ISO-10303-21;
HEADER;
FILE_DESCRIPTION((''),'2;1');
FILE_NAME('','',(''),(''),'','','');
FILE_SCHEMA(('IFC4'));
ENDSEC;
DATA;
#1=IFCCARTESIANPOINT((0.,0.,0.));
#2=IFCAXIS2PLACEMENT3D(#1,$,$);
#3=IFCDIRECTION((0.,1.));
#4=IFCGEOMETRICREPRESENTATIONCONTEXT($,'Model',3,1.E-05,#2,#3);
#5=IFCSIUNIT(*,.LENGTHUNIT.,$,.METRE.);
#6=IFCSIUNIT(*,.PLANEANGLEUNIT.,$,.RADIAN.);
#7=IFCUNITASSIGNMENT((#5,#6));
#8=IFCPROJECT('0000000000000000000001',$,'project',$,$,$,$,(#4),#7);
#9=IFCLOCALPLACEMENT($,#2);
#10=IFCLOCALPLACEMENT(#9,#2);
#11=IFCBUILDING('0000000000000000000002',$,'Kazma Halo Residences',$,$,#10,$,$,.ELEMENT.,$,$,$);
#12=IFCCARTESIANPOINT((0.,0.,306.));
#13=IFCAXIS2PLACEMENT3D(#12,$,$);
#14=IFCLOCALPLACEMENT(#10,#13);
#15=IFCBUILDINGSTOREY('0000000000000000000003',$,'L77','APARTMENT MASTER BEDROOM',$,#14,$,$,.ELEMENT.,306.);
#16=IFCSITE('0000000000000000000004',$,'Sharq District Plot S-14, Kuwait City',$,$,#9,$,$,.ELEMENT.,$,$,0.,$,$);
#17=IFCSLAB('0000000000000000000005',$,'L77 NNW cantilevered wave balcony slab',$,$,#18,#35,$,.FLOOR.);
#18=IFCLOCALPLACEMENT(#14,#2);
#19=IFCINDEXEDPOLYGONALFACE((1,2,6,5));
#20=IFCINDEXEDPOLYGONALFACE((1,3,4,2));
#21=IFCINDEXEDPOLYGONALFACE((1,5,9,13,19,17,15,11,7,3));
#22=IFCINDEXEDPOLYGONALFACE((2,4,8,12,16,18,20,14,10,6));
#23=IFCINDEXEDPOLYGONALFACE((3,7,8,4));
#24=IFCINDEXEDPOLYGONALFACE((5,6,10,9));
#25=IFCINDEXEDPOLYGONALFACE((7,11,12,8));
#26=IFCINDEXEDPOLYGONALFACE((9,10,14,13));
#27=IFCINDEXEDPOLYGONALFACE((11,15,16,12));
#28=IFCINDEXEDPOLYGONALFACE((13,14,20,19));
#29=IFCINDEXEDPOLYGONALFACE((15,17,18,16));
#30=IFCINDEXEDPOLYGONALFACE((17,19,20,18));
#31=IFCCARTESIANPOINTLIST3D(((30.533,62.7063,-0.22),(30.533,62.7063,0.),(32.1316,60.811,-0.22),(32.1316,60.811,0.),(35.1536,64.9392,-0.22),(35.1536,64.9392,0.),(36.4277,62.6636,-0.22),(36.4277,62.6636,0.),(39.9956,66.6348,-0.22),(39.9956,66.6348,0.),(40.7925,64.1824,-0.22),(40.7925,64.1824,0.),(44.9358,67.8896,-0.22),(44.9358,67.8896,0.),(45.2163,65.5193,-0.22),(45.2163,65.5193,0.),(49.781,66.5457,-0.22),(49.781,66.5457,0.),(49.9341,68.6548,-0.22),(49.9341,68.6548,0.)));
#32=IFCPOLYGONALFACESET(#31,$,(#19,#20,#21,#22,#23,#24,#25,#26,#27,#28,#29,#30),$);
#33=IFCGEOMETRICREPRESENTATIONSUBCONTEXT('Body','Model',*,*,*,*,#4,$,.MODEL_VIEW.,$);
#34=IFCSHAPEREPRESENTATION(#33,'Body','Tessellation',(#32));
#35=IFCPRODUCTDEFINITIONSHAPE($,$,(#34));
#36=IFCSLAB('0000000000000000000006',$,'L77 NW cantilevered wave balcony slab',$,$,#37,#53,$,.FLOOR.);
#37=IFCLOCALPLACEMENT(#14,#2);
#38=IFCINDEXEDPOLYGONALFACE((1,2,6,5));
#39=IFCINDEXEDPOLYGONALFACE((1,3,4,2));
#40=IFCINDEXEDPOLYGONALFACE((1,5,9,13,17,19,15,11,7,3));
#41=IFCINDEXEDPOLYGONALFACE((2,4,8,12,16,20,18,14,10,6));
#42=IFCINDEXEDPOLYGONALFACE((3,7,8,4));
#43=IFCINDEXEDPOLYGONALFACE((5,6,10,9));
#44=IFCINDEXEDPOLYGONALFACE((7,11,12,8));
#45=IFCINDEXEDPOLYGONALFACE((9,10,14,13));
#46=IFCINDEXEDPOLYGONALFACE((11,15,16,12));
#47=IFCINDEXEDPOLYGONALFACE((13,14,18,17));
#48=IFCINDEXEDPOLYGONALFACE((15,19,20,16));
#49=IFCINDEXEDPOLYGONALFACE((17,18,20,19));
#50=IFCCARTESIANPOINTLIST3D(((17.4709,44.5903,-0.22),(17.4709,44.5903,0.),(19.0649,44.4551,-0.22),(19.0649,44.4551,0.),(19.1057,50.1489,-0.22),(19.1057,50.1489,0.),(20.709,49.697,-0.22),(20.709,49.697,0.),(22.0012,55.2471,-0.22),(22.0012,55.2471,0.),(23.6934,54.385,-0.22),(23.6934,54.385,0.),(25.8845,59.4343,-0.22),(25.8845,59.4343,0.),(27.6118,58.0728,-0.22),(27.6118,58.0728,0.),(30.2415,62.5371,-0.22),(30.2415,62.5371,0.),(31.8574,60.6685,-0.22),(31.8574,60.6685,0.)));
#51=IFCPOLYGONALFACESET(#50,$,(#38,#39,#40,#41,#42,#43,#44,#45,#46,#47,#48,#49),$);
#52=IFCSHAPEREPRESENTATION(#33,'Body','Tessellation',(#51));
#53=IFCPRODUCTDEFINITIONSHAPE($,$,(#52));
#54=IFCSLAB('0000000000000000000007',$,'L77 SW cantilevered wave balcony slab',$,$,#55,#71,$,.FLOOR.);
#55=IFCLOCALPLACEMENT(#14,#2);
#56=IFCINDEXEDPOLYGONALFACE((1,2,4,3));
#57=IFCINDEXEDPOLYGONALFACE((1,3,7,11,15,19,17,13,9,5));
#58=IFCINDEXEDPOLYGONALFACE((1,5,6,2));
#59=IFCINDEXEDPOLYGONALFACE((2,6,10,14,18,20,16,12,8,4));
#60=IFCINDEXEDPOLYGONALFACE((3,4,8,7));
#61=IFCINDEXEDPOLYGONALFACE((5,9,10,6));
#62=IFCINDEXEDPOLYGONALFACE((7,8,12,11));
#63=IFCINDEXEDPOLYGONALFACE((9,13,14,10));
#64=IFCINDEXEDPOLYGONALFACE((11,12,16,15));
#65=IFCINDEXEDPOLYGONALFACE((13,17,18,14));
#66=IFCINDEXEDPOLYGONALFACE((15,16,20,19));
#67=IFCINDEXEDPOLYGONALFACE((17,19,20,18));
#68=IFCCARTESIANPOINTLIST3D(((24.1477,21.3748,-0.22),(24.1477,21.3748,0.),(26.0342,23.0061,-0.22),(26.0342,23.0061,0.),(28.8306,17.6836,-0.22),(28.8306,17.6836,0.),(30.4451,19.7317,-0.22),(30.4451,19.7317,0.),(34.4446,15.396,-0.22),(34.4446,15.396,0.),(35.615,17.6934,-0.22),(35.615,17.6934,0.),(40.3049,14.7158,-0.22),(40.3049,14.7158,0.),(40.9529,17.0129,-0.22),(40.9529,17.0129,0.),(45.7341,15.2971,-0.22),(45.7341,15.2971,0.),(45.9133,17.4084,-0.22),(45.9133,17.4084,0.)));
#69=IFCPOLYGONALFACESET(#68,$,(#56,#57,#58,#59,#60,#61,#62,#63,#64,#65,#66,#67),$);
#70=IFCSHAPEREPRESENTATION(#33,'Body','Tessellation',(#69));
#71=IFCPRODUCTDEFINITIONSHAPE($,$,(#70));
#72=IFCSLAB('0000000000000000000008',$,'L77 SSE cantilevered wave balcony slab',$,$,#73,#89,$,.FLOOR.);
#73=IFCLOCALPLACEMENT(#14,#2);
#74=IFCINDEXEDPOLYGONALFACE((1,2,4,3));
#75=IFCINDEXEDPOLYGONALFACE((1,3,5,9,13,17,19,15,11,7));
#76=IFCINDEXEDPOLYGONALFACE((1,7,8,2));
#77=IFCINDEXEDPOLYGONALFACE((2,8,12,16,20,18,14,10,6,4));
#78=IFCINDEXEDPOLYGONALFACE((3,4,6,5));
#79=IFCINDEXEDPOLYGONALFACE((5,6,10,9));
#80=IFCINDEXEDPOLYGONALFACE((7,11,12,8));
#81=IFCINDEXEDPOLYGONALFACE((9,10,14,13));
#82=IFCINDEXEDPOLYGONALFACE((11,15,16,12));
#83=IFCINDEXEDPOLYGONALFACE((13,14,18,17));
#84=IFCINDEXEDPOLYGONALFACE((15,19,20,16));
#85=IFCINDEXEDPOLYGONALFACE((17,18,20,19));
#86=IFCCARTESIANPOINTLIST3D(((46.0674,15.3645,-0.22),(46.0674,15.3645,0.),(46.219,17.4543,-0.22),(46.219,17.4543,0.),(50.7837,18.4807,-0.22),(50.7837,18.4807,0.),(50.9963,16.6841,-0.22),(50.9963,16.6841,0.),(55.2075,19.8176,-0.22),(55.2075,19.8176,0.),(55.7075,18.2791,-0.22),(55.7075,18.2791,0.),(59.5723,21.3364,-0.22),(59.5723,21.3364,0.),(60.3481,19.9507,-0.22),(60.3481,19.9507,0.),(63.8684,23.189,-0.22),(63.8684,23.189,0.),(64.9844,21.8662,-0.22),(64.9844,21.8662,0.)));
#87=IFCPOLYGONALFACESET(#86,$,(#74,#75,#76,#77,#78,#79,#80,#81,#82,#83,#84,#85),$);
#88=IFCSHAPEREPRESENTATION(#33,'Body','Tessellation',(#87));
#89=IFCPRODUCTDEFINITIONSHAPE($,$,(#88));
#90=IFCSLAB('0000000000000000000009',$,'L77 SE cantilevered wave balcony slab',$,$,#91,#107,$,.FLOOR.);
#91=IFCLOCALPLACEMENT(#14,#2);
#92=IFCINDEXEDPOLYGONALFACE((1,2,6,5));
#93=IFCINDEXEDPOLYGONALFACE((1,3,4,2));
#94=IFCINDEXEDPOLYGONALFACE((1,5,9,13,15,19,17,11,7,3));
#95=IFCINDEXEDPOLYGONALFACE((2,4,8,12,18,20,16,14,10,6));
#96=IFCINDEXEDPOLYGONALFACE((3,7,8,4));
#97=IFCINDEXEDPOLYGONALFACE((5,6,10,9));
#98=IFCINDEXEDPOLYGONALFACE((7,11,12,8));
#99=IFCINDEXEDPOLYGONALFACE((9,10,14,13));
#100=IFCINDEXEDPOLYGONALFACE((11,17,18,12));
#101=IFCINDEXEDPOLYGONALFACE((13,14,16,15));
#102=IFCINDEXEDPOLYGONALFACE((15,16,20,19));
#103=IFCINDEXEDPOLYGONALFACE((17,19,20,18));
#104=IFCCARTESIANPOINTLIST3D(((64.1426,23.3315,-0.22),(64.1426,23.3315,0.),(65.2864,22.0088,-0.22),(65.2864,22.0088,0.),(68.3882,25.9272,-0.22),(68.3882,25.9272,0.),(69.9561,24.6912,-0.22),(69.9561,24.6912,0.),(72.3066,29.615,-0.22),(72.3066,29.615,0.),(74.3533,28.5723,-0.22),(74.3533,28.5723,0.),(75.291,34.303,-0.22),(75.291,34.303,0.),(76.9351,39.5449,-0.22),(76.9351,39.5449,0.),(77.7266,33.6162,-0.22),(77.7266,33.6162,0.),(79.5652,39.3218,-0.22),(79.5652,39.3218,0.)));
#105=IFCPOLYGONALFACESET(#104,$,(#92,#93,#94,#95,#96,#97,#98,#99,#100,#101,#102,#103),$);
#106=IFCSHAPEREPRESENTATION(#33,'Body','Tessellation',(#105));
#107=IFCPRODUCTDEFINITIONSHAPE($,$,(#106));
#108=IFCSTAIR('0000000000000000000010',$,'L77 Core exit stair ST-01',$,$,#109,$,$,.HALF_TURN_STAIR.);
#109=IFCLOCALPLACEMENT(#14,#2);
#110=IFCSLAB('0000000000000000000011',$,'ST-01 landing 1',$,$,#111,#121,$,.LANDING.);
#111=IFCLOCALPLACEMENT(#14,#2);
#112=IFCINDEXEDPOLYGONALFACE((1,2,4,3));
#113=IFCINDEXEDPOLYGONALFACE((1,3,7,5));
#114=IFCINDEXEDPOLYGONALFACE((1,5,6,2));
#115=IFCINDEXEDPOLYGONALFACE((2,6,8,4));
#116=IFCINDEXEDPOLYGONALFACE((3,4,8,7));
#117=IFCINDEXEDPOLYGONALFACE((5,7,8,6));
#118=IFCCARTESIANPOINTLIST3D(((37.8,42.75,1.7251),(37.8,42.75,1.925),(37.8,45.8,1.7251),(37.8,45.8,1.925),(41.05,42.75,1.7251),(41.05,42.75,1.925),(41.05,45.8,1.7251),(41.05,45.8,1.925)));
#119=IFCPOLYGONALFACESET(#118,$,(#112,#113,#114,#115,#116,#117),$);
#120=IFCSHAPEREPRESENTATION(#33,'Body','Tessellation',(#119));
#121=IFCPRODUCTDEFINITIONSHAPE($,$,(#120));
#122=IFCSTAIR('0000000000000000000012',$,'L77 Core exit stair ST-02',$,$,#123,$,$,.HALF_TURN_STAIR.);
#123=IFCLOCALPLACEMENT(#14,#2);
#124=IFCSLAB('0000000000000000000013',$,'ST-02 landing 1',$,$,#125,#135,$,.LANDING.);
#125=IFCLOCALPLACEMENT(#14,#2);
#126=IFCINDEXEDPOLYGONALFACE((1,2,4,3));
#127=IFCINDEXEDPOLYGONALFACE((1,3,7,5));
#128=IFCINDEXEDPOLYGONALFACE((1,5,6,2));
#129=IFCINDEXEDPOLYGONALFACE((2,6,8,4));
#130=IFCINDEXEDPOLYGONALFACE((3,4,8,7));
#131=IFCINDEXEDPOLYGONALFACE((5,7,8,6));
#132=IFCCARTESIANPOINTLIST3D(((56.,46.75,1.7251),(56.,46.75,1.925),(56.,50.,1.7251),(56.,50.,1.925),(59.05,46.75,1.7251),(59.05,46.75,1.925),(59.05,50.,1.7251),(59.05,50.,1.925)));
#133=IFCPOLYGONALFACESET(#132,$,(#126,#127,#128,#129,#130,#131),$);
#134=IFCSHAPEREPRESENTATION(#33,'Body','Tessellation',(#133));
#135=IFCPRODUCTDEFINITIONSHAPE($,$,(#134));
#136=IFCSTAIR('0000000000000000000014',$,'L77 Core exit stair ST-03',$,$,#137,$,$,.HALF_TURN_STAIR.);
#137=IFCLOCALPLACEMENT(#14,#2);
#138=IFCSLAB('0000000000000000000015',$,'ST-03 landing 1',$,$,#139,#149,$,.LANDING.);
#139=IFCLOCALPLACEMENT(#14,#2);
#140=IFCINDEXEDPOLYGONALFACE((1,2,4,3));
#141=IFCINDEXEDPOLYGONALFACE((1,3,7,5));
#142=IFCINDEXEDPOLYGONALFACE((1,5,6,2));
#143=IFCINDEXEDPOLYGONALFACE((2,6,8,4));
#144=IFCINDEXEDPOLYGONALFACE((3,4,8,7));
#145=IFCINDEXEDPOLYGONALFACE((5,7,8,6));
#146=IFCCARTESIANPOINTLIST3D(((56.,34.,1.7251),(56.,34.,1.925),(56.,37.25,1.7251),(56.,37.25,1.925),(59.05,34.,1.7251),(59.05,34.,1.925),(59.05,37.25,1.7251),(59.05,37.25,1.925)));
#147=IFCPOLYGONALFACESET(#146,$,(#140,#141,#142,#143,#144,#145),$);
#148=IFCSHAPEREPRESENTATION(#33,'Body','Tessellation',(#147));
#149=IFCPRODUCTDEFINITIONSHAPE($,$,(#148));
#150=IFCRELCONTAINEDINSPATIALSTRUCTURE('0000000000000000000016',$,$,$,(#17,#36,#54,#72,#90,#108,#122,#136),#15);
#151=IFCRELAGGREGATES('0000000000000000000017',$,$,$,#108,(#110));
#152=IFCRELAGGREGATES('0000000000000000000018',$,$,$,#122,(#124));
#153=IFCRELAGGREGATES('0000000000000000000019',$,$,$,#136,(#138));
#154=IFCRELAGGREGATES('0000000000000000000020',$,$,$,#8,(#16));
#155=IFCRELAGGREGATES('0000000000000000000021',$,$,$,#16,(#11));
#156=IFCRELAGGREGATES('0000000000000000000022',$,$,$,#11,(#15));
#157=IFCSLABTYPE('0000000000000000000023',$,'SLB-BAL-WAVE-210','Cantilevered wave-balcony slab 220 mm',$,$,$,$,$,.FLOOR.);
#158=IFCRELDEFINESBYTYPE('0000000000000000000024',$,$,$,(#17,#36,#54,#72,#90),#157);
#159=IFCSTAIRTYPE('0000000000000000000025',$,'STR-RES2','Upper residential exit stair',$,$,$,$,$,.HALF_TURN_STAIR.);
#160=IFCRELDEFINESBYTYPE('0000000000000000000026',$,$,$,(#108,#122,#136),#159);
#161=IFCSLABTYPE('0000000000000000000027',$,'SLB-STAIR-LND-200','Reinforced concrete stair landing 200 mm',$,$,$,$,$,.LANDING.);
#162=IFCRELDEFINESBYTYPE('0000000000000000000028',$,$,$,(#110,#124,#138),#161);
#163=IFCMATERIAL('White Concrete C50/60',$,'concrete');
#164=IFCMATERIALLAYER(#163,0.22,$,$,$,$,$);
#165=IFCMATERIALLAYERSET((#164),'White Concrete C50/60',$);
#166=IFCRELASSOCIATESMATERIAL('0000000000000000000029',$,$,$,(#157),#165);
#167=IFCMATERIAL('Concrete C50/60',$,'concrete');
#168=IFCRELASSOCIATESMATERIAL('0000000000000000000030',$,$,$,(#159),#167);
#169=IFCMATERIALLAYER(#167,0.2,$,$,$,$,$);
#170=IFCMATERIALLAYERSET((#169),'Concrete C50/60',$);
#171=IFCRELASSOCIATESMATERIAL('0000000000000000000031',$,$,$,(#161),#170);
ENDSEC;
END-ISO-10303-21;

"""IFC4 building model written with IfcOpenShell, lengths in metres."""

from ifc_helpers import new_model, si_unit, direction, frame, origin, place, context, subcontext, project, spatial, polyline, outline, extrude, material, layer, layer_set, type_object, element, aggregate, save


model = new_model("IFC4")

# Units and contexts
model_context = context("Model", 3, precision=1e-05, world=origin(), true_north=direction((0.0, 1.0)))
body_context = subcontext(model_context, "Body", "Model", "MODEL_VIEW")
ifc_project = project(units=[si_unit("LENGTHUNIT", "METRE"), si_unit("PLANEANGLEUNIT", "RADIAN")], contexts=[model_context])

# Site, building, storey
site_placement = place(None, origin())
site = spatial("IfcSite", under=ifc_project, at=site_placement, Name="Sharq District Plot S-14, Kuwait City", CompositionType="ELEMENT", RefElevation=0.0)
building_placement = place(site_placement, origin())
building = spatial("IfcBuilding", under=site, at=building_placement, Name="Kazma Halo Residences", CompositionType="ELEMENT")
storey_placement = place(building_placement, frame((0.0, 0.0, 306.0)))
storey = spatial("IfcBuildingStorey", under=building, at=storey_placement, Name="L77", Description="APARTMENT MASTER BEDROOM", CompositionType="ELEMENT", Elevation=306.0)

# Slabs
ifc_material_1 = material(Name="White Concrete C50/60", Category="concrete")
ifc_layer_1 = layer(ifc_material_1, 0.22)
ifc_layer_set_1 = layer_set([ifc_layer_1], Name="White Concrete C50/60")
slab_type_1 = type_object("IfcSlabType", Name="SLB-BAL-WAVE-210", Description="Cantilevered wave-balcony slab 220 mm", PredefinedType="FLOOR", material=ifc_layer_set_1)
slab_1_placement = place(storey_placement, frame((0.0, 0.0, -0.22)))
element("IfcSlab", 1, at=slab_1_placement, inside=storey, type_object=slab_type_1, Name="L77 NNW cantilevered wave balcony slab", PredefinedType="FLOOR", context=body_context, shape_type="SweptSolid", body=[
    extrude(outline(polyline([(49.781, 66.5457), (45.2163, 65.5193), (40.7925, 64.1824), (36.4277, 62.6636), (32.1316, 60.811), (30.533, 62.7063), (35.1536, 64.9392), (39.9956, 66.6348), (44.9358, 67.8896), (49.9341, 68.6548), (49.781, 66.5457)])), origin(), (0.0, 0.0, 1.0), 0.22),
])
slab_2_placement = place(storey_placement, frame((0.0, 0.0, -0.22)))
element("IfcSlab", 2, at=slab_2_placement, inside=storey, type_object=slab_type_1, Name="L77 NW cantilevered wave balcony slab", PredefinedType="FLOOR", context=body_context, shape_type="SweptSolid", body=[
    extrude(outline(polyline([(31.8574, 60.6685), (27.6118, 58.0728), (23.6934, 54.385), (20.709, 49.697), (19.0649, 44.4551), (17.4709, 44.5903), (19.1057, 50.1489), (22.0012, 55.2471), (25.8845, 59.4343), (30.2415, 62.5371), (31.8574, 60.6685)])), origin(), (0.0, 0.0, 1.0), 0.22),
])
slab_3_placement = place(storey_placement, frame((0.0, 0.0, -0.22)))
element("IfcSlab", 3, at=slab_3_placement, inside=storey, type_object=slab_type_1, Name="L77 SW cantilevered wave balcony slab", PredefinedType="FLOOR", context=body_context, shape_type="SweptSolid", body=[
    extrude(outline(polyline([(26.0342, 23.0061), (30.4451, 19.7317), (35.615, 17.6934), (40.9529, 17.0129), (45.9133, 17.4084), (45.7341, 15.2971), (40.3049, 14.7158), (34.4446, 15.396), (28.8306, 17.6836), (24.1477, 21.3748), (26.0342, 23.0061)])), origin(), (0.0, 0.0, 1.0), 0.22),
])
slab_4_placement = place(storey_placement, frame((0.0, 0.0, -0.22)))
element("IfcSlab", 4, at=slab_4_placement, inside=storey, type_object=slab_type_1, Name="L77 SSE cantilevered wave balcony slab", PredefinedType="FLOOR", context=body_context, shape_type="SweptSolid", body=[
    extrude(outline(polyline([(46.219, 17.4543), (50.7837, 18.4807), (55.2075, 19.8176), (59.5723, 21.3364), (63.8684, 23.189), (64.9844, 21.8662), (60.3481, 19.9507), (55.7075, 18.2791), (50.9963, 16.6841), (46.0674, 15.3645), (46.219, 17.4543)])), origin(), (0.0, 0.0, 1.0), 0.22),
])
slab_5_placement = place(storey_placement, frame((0.0, 0.0, -0.22)))
element("IfcSlab", 5, at=slab_5_placement, inside=storey, type_object=slab_type_1, Name="L77 SE cantilevered wave balcony slab", PredefinedType="FLOOR", context=body_context, shape_type="SweptSolid", body=[
    extrude(outline(polyline([(64.1426, 23.3315), (68.3882, 25.9272), (72.3066, 29.615), (75.291, 34.303), (76.9351, 39.5449), (79.5652, 39.3218), (77.7266, 33.6162), (74.3533, 28.5723), (69.9561, 24.6912), (65.2864, 22.0088), (64.1426, 23.3315)])), origin(), (0.0, 0.0, 1.0), 0.22),
])

# Stairs, slabs
ifc_material_2 = material(Name="Concrete C50/60", Category="concrete")
stair_type = type_object("IfcStairType", Name="STR-RES2", Description="Upper residential exit stair", PredefinedType="HALF_TURN_STAIR", material=ifc_material_2)
stair_1_placement = place(storey_placement, origin())
stair_1 = element("IfcStair", 6, at=stair_1_placement, inside=storey, type_object=stair_type, Name="L77 Core exit stair ST-01", PredefinedType="HALF_TURN_STAIR")
ifc_layer_2 = layer(ifc_material_2, 0.2)
ifc_layer_set_2 = layer_set([ifc_layer_2], Name="Concrete C50/60")
slab_type_2 = type_object("IfcSlabType", Name="SLB-STAIR-LND-200", Description="Reinforced concrete stair landing 200 mm", PredefinedType="LANDING", material=ifc_layer_set_2)
slab_6_placement = place(storey_placement, frame((0.0, 0.0, 1.7251)))
slab_6 = element("IfcSlab", 7, at=slab_6_placement, type_object=slab_type_2, Name="ST-01 landing 1", PredefinedType="LANDING", context=body_context, shape_type="SweptSolid", body=[
    extrude(outline(polyline([(41.05, 42.75), (41.05, 45.8), (37.8, 45.8), (37.8, 42.75), (41.05, 42.75)])), origin(), (0.0, 0.0, 1.0), 0.2),
])
aggregate(stair_1, [slab_6])
stair_2_placement = place(storey_placement, origin())
stair_2 = element("IfcStair", 8, at=stair_2_placement, inside=storey, type_object=stair_type, Name="L77 Core exit stair ST-02", PredefinedType="HALF_TURN_STAIR")
slab_7_placement = place(storey_placement, frame((0.0, 0.0, 1.7251)))
slab_7 = element("IfcSlab", 9, at=slab_7_placement, type_object=slab_type_2, Name="ST-02 landing 1", PredefinedType="LANDING", context=body_context, shape_type="SweptSolid", body=[
    extrude(outline(polyline([(56.0, 46.75), (59.05, 46.75), (59.05, 50.0), (56.0, 50.0), (56.0, 46.75)])), origin(), (0.0, 0.0, 1.0), 0.2),
])
aggregate(stair_2, [slab_7])
stair_3_placement = place(storey_placement, origin())
stair_3 = element("IfcStair", 10, at=stair_3_placement, inside=storey, type_object=stair_type, Name="L77 Core exit stair ST-03", PredefinedType="HALF_TURN_STAIR")
slab_8_placement = place(storey_placement, frame((0.0, 0.0, 1.7251)))
slab_8 = element("IfcSlab", 11, at=slab_8_placement, type_object=slab_type_2, Name="ST-03 landing 1", PredefinedType="LANDING", context=body_context, shape_type="SweptSolid", body=[
    extrude(outline(polyline([(56.0, 34.0), (59.05, 34.0), (59.05, 37.25), (56.0, 37.25), (56.0, 34.0)])), origin(), (0.0, 0.0, 1.0), 0.2),
])
aggregate(stair_3, [slab_8])

save(model, "model.ifc")
